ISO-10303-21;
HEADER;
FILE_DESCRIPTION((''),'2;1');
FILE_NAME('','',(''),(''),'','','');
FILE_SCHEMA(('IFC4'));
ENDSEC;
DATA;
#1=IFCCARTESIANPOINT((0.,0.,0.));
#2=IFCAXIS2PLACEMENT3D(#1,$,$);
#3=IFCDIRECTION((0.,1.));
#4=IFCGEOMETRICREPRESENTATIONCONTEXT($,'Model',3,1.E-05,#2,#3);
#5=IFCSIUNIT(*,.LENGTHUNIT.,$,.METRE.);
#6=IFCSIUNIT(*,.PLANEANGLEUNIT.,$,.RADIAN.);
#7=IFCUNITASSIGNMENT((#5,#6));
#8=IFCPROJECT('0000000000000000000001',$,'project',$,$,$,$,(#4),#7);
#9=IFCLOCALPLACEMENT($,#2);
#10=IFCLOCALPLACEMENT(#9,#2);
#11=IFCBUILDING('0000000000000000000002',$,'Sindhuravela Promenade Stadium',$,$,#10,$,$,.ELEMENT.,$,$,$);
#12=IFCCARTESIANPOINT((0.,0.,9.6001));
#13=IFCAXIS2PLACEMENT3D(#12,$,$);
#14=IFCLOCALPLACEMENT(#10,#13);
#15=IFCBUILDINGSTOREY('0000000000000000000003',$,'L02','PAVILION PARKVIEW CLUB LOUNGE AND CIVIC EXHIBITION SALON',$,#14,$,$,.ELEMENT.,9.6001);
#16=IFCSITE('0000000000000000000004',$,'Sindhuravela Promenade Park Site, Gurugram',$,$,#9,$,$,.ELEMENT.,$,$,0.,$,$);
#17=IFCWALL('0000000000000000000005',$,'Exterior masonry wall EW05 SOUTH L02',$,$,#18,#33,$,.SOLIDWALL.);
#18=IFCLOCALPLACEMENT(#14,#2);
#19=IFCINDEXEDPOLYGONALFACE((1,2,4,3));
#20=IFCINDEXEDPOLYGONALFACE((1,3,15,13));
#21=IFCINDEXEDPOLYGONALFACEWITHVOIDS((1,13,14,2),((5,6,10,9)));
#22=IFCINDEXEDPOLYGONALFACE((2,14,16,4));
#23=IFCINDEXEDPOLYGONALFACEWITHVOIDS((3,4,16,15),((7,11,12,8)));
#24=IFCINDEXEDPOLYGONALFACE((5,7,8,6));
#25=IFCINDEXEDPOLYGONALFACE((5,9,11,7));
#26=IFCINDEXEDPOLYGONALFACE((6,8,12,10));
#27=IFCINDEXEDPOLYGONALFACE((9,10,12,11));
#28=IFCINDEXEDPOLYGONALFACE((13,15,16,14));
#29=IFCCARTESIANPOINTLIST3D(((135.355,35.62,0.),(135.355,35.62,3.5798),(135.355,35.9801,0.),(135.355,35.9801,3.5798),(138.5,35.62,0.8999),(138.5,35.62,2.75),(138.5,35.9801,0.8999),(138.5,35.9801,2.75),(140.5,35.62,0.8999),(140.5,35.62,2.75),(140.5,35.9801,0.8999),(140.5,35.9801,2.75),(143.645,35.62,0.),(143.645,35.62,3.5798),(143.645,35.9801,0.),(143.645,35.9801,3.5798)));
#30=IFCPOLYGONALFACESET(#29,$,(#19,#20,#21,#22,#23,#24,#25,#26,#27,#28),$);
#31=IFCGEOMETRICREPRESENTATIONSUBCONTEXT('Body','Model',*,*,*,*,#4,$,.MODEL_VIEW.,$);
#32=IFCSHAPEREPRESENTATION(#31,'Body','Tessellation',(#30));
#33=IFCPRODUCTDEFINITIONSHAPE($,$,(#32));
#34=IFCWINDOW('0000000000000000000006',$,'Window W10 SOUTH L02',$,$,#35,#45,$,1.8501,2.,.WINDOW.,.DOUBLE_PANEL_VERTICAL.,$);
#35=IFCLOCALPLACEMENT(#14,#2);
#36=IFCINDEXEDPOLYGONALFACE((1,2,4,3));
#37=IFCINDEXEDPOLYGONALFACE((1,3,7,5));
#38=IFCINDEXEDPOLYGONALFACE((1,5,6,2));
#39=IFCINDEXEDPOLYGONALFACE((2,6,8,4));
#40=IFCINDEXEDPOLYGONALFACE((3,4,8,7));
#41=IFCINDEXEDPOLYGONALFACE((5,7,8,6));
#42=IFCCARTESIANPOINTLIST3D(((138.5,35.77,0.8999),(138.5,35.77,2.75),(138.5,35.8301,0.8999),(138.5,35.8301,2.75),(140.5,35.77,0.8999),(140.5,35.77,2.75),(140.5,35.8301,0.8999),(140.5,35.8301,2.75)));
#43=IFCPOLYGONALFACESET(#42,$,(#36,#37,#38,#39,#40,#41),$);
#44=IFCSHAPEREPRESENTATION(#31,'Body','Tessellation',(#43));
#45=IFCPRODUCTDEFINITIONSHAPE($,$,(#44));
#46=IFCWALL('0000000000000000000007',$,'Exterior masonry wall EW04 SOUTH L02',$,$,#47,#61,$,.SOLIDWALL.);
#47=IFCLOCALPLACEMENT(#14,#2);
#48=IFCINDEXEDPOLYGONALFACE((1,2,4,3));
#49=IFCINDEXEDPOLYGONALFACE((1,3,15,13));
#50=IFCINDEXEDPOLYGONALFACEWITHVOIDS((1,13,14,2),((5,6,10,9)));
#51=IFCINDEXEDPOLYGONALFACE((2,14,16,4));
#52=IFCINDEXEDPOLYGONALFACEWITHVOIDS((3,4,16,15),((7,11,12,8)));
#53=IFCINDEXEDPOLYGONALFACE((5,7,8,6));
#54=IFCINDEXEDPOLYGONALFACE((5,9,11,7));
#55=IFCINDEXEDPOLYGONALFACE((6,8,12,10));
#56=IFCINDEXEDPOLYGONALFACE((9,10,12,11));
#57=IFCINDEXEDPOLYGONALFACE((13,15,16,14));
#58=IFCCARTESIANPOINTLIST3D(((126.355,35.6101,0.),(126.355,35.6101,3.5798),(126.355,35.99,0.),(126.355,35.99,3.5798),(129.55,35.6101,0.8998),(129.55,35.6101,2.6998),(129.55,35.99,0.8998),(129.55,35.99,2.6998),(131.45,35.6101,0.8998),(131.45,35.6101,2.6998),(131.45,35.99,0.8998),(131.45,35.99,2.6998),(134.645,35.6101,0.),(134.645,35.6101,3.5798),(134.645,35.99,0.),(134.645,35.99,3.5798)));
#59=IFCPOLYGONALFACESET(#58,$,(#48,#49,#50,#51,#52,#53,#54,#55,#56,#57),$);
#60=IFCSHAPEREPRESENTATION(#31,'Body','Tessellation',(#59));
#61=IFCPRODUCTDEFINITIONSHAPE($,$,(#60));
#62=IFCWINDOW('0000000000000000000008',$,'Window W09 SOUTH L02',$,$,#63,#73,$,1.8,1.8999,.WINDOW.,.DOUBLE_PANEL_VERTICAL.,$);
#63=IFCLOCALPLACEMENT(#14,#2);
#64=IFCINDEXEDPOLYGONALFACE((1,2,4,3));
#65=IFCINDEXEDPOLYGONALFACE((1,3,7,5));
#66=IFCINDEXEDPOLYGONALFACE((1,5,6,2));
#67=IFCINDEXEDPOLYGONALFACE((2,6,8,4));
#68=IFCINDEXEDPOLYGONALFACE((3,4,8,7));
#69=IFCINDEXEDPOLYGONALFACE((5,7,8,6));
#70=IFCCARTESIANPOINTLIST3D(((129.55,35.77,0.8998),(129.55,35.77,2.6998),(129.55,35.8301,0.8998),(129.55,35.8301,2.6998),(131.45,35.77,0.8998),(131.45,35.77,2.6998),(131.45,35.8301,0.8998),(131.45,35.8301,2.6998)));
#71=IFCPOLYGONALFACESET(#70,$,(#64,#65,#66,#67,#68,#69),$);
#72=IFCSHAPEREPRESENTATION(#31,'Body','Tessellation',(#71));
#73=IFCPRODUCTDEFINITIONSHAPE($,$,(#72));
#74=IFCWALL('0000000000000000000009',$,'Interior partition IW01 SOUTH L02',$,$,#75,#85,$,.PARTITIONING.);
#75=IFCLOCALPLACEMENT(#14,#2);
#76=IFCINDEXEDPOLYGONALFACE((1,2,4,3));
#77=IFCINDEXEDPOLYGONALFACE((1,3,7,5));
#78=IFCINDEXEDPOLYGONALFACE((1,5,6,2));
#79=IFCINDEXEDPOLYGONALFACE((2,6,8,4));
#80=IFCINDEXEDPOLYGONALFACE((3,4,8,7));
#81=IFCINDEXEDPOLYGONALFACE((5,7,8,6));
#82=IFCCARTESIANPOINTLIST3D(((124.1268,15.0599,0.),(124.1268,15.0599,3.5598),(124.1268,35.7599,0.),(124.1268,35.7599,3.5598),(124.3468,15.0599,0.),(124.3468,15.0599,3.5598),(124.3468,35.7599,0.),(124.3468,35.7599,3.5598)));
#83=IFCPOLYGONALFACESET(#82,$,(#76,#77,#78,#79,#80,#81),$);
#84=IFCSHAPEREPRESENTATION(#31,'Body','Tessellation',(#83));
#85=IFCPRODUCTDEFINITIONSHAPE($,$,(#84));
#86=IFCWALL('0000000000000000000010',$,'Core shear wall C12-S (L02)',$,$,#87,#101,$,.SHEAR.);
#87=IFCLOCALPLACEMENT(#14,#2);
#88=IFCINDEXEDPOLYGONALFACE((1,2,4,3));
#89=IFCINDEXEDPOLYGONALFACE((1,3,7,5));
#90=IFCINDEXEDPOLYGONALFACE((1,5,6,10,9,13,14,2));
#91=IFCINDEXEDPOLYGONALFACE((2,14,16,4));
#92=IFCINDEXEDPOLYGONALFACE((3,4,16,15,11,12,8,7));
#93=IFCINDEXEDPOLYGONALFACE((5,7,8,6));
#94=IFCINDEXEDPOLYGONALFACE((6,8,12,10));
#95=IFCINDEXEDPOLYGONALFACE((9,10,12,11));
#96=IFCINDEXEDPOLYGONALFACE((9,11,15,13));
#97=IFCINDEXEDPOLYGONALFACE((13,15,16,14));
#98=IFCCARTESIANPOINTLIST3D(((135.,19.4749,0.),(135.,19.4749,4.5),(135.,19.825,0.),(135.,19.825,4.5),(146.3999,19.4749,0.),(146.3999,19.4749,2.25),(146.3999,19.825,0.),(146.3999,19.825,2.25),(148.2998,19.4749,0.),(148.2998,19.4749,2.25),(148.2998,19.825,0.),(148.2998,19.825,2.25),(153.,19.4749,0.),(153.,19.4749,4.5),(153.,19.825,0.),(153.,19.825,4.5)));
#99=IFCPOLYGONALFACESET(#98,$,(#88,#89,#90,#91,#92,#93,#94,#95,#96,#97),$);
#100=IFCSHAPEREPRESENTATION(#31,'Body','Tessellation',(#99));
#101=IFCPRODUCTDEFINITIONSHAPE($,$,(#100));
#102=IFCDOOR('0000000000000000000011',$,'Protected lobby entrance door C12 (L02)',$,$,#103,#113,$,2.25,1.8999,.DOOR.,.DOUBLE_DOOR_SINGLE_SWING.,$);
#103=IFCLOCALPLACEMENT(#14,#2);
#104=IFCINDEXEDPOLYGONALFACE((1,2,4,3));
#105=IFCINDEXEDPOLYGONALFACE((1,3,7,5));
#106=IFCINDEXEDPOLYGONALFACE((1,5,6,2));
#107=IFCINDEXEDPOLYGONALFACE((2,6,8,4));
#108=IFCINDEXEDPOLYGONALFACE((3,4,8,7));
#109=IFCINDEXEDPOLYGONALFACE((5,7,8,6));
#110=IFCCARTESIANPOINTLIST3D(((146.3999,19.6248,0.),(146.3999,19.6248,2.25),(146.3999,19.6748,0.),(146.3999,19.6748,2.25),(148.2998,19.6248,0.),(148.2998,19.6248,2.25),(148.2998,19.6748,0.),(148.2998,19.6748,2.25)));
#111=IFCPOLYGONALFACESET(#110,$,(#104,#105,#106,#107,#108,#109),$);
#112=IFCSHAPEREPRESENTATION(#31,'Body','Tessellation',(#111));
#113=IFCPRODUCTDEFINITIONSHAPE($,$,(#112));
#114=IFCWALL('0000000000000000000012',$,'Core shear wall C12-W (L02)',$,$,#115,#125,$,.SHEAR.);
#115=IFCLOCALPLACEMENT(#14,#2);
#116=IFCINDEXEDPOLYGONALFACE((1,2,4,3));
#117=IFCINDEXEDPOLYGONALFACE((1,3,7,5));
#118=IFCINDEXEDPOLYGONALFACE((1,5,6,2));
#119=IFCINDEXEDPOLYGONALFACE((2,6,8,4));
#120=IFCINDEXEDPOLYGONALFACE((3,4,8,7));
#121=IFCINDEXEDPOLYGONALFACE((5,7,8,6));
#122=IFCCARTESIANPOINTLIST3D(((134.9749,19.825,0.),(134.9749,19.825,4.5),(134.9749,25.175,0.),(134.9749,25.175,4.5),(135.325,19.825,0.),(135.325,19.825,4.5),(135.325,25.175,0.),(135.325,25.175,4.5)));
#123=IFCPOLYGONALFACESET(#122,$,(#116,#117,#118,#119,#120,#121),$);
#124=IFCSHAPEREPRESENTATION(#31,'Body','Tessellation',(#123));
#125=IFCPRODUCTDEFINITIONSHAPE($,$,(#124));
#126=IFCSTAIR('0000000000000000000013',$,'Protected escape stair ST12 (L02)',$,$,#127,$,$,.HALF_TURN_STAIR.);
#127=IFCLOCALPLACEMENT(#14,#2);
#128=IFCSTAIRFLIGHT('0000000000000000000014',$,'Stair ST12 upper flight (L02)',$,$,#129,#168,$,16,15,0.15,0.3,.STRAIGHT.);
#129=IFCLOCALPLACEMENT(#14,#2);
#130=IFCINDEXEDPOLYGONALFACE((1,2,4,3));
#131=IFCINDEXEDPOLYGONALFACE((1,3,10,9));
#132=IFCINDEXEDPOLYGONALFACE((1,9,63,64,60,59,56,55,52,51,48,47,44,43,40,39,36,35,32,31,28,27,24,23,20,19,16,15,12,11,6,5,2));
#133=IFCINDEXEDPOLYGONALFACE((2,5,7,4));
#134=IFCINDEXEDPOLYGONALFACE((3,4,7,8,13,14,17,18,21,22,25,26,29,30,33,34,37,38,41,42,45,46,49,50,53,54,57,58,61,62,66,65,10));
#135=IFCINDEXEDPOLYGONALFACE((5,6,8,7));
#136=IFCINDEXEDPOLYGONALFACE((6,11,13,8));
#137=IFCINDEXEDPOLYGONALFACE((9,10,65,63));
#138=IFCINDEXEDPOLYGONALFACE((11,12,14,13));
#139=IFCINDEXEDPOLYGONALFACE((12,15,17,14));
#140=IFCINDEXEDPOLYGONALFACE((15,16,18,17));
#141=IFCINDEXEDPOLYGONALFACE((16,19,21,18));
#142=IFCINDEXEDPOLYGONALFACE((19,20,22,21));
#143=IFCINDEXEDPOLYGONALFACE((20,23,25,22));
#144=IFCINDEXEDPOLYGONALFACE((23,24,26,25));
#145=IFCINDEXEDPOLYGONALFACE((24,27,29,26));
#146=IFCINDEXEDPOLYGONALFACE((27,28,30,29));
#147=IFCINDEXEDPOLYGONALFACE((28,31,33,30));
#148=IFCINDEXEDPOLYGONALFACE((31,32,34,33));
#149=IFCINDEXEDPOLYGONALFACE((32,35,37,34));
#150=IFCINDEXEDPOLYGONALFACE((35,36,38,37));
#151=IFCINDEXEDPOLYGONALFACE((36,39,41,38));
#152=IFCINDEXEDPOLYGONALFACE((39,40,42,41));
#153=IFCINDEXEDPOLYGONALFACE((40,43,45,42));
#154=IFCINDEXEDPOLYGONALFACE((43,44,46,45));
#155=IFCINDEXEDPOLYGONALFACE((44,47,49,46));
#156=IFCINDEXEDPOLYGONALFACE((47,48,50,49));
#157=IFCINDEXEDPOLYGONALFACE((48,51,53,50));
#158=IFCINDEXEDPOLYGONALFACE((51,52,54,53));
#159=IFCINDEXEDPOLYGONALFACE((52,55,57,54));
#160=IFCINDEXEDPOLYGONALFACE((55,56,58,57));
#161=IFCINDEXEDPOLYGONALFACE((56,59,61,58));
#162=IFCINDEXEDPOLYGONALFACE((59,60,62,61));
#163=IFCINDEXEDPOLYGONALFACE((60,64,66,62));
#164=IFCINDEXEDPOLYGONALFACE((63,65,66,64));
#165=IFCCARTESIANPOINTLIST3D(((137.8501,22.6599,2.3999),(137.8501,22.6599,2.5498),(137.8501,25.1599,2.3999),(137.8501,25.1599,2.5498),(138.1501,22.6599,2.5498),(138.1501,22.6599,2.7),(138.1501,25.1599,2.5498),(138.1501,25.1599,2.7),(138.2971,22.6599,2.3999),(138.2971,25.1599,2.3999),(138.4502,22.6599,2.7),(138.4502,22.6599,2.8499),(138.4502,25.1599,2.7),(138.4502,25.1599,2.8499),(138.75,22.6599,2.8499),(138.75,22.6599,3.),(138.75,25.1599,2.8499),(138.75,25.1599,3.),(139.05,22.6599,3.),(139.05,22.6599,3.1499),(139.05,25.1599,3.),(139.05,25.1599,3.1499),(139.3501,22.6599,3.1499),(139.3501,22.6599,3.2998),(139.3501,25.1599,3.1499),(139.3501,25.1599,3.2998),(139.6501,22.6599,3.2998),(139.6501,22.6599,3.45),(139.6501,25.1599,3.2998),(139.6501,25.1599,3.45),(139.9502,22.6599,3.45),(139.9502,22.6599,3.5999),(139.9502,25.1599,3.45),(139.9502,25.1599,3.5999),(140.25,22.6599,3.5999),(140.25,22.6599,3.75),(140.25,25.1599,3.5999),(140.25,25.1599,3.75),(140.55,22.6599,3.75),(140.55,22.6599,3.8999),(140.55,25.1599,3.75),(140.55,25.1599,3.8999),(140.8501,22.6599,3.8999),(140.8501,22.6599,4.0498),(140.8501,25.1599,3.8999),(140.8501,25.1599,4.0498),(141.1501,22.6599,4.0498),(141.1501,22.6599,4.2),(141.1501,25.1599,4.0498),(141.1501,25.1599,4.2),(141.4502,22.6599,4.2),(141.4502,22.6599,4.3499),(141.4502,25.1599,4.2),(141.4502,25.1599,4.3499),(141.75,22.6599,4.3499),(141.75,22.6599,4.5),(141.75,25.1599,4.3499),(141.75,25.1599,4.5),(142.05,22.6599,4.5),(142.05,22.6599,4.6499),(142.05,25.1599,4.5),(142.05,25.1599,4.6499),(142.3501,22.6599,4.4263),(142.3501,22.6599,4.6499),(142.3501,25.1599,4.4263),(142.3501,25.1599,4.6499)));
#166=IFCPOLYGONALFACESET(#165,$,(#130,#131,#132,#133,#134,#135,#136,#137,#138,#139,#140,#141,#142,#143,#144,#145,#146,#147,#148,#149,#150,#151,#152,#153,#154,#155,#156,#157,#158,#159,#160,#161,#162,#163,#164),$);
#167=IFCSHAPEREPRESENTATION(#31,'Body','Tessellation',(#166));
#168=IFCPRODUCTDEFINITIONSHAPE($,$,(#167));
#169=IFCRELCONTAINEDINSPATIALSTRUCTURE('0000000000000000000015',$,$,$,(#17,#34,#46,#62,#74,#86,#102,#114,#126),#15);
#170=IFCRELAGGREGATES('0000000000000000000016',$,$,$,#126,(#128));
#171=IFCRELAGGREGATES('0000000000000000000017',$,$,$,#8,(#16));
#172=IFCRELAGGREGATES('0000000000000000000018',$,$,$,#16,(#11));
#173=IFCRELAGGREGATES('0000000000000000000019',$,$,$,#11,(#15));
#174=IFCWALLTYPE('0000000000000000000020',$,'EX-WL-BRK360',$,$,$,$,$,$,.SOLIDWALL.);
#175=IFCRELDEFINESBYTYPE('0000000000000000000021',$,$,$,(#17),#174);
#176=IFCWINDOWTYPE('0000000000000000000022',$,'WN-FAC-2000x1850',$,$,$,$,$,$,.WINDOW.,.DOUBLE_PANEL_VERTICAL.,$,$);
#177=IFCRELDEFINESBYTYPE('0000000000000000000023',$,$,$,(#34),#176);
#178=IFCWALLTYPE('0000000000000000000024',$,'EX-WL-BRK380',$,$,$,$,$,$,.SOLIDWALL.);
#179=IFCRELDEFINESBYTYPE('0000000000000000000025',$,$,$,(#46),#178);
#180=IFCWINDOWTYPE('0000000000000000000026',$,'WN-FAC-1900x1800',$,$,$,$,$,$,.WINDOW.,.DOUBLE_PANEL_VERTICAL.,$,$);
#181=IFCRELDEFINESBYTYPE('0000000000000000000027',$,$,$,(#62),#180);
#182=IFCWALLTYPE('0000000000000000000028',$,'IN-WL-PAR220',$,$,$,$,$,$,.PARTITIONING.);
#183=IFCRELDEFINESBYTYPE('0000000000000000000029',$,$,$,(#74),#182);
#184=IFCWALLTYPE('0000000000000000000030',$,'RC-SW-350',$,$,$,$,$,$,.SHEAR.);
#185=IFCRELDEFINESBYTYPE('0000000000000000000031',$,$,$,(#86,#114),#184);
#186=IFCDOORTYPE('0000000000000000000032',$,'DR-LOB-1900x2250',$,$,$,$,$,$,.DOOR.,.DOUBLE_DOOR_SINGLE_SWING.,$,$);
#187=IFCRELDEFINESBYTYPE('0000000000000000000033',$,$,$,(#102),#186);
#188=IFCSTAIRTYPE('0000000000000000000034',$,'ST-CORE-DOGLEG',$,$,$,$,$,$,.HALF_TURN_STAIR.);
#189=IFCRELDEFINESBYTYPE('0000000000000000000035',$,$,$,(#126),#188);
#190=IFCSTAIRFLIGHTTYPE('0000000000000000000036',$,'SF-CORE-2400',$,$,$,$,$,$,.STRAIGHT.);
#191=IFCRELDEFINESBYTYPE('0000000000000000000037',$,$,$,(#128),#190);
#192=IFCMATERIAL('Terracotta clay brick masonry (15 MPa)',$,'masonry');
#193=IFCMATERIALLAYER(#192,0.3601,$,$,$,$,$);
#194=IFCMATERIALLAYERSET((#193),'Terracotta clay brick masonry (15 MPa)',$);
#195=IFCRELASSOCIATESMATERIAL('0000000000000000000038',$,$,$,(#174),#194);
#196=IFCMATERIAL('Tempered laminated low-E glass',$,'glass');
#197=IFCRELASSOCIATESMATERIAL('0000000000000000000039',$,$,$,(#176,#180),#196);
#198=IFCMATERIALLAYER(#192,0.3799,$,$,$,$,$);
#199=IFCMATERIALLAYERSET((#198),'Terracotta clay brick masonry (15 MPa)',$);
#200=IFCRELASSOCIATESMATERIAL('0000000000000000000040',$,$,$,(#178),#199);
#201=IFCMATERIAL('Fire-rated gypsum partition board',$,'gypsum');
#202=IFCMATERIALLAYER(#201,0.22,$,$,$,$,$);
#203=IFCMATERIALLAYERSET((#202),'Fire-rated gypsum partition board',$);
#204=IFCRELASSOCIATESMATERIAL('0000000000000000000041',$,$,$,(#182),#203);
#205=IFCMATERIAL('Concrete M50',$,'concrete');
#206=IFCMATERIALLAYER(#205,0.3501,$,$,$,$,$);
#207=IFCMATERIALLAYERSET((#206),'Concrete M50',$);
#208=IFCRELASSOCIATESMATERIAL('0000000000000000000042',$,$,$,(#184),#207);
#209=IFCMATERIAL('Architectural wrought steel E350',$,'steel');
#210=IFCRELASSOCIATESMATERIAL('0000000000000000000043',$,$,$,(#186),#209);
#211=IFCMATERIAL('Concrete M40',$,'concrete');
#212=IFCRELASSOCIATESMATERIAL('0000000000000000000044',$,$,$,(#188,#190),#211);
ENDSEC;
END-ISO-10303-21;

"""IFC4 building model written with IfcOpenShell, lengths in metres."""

from ifc_helpers import new_model, si_unit, direction, frame, frame_2d, origin, place, context, subcontext, project, spatial, polyline, rectangle, outline, extrude, material, layer, layer_set, type_object, element, fill, aggregate, save


model = new_model("IFC4")

# Units and contexts
model_context = context("Model", 3, precision=1e-05, world=origin(), true_north=direction((0.0, 1.0)))
body_context = subcontext(model_context, "Body", "Model", "MODEL_VIEW")
ifc_project = project(units=[si_unit("LENGTHUNIT", "METRE"), si_unit("PLANEANGLEUNIT", "RADIAN")], contexts=[model_context])

# Site, building, storey
site_placement = place(None, origin())
site = spatial("IfcSite", under=ifc_project, at=site_placement, Name="Sindhuravela Promenade Park Site, Gurugram", CompositionType="ELEMENT", RefElevation=0.0)
building_placement = place(site_placement, origin())
building = spatial("IfcBuilding", under=site, at=building_placement, Name="Sindhuravela Promenade Stadium", CompositionType="ELEMENT")
storey_placement = place(building_placement, frame((0.0, 0.0, 9.6001)))
storey = spatial("IfcBuildingStorey", under=building, at=storey_placement, Name="L02", Description="PAVILION PARKVIEW CLUB LOUNGE AND CIVIC EXHIBITION SALON", CompositionType="ELEMENT", Elevation=9.6001)

# Shared definitions
ifc_material_1 = material(Name="Concrete M40", Category="concrete")

# Walls, openings, windows
ifc_material_2 = material(Name="Terracotta clay brick masonry (15 MPa)", Category="masonry")
ifc_layer_1 = layer(ifc_material_2, 0.3601)
ifc_layer_set_1 = layer_set([ifc_layer_1], Name="Terracotta clay brick masonry (15 MPa)")
wall_type_1 = type_object("IfcWallType", Name="EX-WL-BRK360", PredefinedType="SOLIDWALL", material=ifc_layer_set_1)
wall_1_placement = place(storey_placement, frame((135.355, 35.8, 0.0), z_axis=(0.0, 0.0, 1.0), x_axis=(1.0, 0.0, 0.0)))
wall_1 = element("IfcWall", 1, at=wall_1_placement, inside=storey, type_object=wall_type_1, Name="Exterior masonry wall EW05 SOUTH L02", PredefinedType="SOLIDWALL", context=body_context, shape_type="SweptSolid", body=[
    extrude(rectangle(XDim=8.29, YDim=0.3601, at=frame_2d((4.145, 0.0))), origin(), (0.0, 0.0, 1.0), 3.5798),
])
opening_1_placement = place(wall_1_placement, frame((3.145, 0.0, 0.8999)))
opening_1 = element("IfcOpeningElement", 2, at=opening_1_placement, cuts=wall_1, PredefinedType="OPENING", context=body_context, shape_type="SweptSolid", body=[
    extrude(rectangle(XDim=2.0, YDim=1.8501, at=frame_2d((1.0, 0.925))), frame((0.0, 0.1899, 0.0), z_axis=(0.0, -1.0, 0.0), x_axis=(1.0, 0.0, 0.0)), (0.0, 0.0, 1.0), 0.3801),
])
ifc_material_3 = material(Name="Tempered laminated low-E glass", Category="glass")
window_type_1 = type_object("IfcWindowType", Name="WN-FAC-2000x1850", PartitioningType="DOUBLE_PANEL_VERTICAL", PredefinedType="WINDOW", material=ifc_material_3)
window_1_placement = place(opening_1_placement, origin())
window_1 = element("IfcWindow", 3, at=window_1_placement, inside=storey, type_object=window_type_1, Name="Window W10 SOUTH L02", OverallHeight=1.8501, OverallWidth=2.0, PartitioningType="DOUBLE_PANEL_VERTICAL", PredefinedType="WINDOW", context=body_context, shape_type="SweptSolid", body=[
    extrude(rectangle(XDim=2.0, YDim=1.8501, at=frame_2d((1.0, 0.925))), frame((0.0, 0.03, 0.0), z_axis=(0.0, -1.0, 0.0), x_axis=(1.0, 0.0, 0.0)), (0.0, 0.0, 1.0), 0.0601),
])
fill(opening_1, window_1)
ifc_layer_2 = layer(ifc_material_2, 0.3799)
ifc_layer_set_2 = layer_set([ifc_layer_2], Name="Terracotta clay brick masonry (15 MPa)")
wall_type_2 = type_object("IfcWallType", Name="EX-WL-BRK380", PredefinedType="SOLIDWALL", material=ifc_layer_set_2)
wall_2_placement = place(storey_placement, frame((126.355, 35.8, 0.0), z_axis=(0.0, 0.0, 1.0), x_axis=(1.0, 0.0, 0.0)))
wall_2 = element("IfcWall", 4, at=wall_2_placement, inside=storey, type_object=wall_type_2, Name="Exterior masonry wall EW04 SOUTH L02", PredefinedType="SOLIDWALL", context=body_context, shape_type="SweptSolid", body=[
    extrude(rectangle(XDim=8.29, YDim=0.3799, at=frame_2d((4.145, 0.0))), origin(), (0.0, 0.0, 1.0), 3.5798),
])
opening_2_placement = place(wall_2_placement, frame((3.1951, 0.0, 0.8999)))
opening_2 = element("IfcOpeningElement", 5, at=opening_2_placement, cuts=wall_2, PredefinedType="OPENING", context=body_context, shape_type="SweptSolid", body=[
    extrude(rectangle(XDim=1.8999, YDim=1.8, at=frame_2d((0.95, 0.8999))), frame((0.0, 0.2, 0.0), z_axis=(0.0, -1.0, 0.0), x_axis=(1.0, 0.0, 0.0)), (0.0, 0.0, 1.0), 0.3999),
])
window_type_2 = type_object("IfcWindowType", Name="WN-FAC-1900x1800", PartitioningType="DOUBLE_PANEL_VERTICAL", PredefinedType="WINDOW", material=ifc_material_3)
window_2_placement = place(opening_2_placement, origin())
window_2 = element("IfcWindow", 6, at=window_2_placement, inside=storey, type_object=window_type_2, Name="Window W09 SOUTH L02", OverallHeight=1.8, OverallWidth=1.8999, PartitioningType="DOUBLE_PANEL_VERTICAL", PredefinedType="WINDOW", context=body_context, shape_type="SweptSolid", body=[
    extrude(rectangle(XDim=1.8999, YDim=1.8, at=frame_2d((0.95, 0.8999))), frame((0.0, 0.03, 0.0), z_axis=(0.0, -1.0, 0.0), x_axis=(1.0, 0.0, 0.0)), (0.0, 0.0, 1.0), 0.0601),
])
fill(opening_2, window_2)

# Wall
ifc_material_4 = material(Name="Fire-rated gypsum partition board", Category="gypsum")
ifc_layer_3 = layer(ifc_material_4, 0.22)
ifc_layer_set_3 = layer_set([ifc_layer_3], Name="Fire-rated gypsum partition board")
wall_type_3 = type_object("IfcWallType", Name="IN-WL-PAR220", PredefinedType="PARTITIONING", material=ifc_layer_set_3)
wall_3_placement = place(storey_placement, frame((124.2368, 35.76, 0.0), z_axis=(0.0, 0.0, 1.0), x_axis=(0.0, -1.0, 0.0)))
element("IfcWall", 7, at=wall_3_placement, inside=storey, type_object=wall_type_3, Name="Interior partition IW01 SOUTH L02", PredefinedType="PARTITIONING", context=body_context, shape_type="SweptSolid", body=[
    extrude(rectangle(XDim=20.7, YDim=0.22, at=frame_2d((10.3501, 0.0))), origin(), (0.0, 0.0, 1.0), 3.5598),
])

# Wall, opening, door
ifc_material_5 = material(Name="Concrete M50", Category="concrete")
ifc_layer_4 = layer(ifc_material_5, 0.3501)
ifc_layer_set_4 = layer_set([ifc_layer_4], Name="Concrete M50")
wall_type_4 = type_object("IfcWallType", Name="RC-SW-350", PredefinedType="SHEAR", material=ifc_layer_set_4)
wall_4_placement = place(storey_placement, frame((135.0, 19.6499, 0.0), z_axis=(0.0, 0.0, 1.0), x_axis=(1.0, 0.0, 0.0)))
wall_4 = element("IfcWall", 8, at=wall_4_placement, inside=storey, type_object=wall_type_4, Name="Core shear wall C12-S (L02)", PredefinedType="SHEAR", context=body_context, shape_type="SweptSolid", body=[
    extrude(rectangle(XDim=18.0, YDim=0.3501, at=frame_2d((9.0, 0.0))), origin(), (0.0, 0.0, 1.0), 4.5),
])
opening_3_placement = place(wall_4_placement, frame((11.3999, 0.0, 0.0)))
opening_3 = element("IfcOpeningElement", 9, at=opening_3_placement, cuts=wall_4, PredefinedType="OPENING", context=body_context, shape_type="SweptSolid", body=[
    extrude(rectangle(XDim=1.8999, YDim=2.25, at=frame_2d((0.95, 1.125))), frame((0.0, 0.1851, 0.0), z_axis=(0.0, -1.0, 0.0), x_axis=(1.0, 0.0, 0.0)), (0.0, 0.0, 1.0), 0.3701),
])
ifc_material_6 = material(Name="Architectural wrought steel E350", Category="steel")
door_type = type_object("IfcDoorType", Name="DR-LOB-1900x2250", OperationType="DOUBLE_DOOR_SINGLE_SWING", PredefinedType="DOOR", material=ifc_material_6)
door_placement = place(opening_3_placement, origin())
door = element("IfcDoor", 10, at=door_placement, inside=storey, type_object=door_type, Name="Protected lobby entrance door C12 (L02)", OperationType="DOUBLE_DOOR_SINGLE_SWING", OverallHeight=2.25, OverallWidth=1.8999, PredefinedType="DOOR", context=body_context, shape_type="SweptSolid", body=[
    extrude(rectangle(XDim=1.8999, YDim=2.25, at=frame_2d((0.95, 1.125))), frame((0.0, 0.0249, 0.0), z_axis=(0.0, -1.0, 0.0), x_axis=(1.0, 0.0, 0.0)), (0.0, 0.0, 1.0), 0.05),
])
fill(opening_3, door)

# Wall
wall_5_placement = place(storey_placement, frame((135.1499, 25.175, 0.0), z_axis=(0.0, 0.0, 1.0), x_axis=(0.0, -1.0, 0.0)))
element("IfcWall", 11, at=wall_5_placement, inside=storey, type_object=wall_type_4, Name="Core shear wall C12-W (L02)", PredefinedType="SHEAR", context=body_context, shape_type="SweptSolid", body=[
    extrude(rectangle(XDim=5.3501, YDim=0.3501, at=frame_2d((2.675, 0.0))), origin(), (0.0, 0.0, 1.0), 4.5),
])

# Stair, stair flight
stair_type = type_object("IfcStairType", Name="ST-CORE-DOGLEG", PredefinedType="HALF_TURN_STAIR", material=ifc_material_1)
stair_placement = place(storey_placement, origin())
stair = element("IfcStair", 12, at=stair_placement, inside=storey, type_object=stair_type, Name="Protected escape stair ST12 (L02)", PredefinedType="HALF_TURN_STAIR")
stair_flight_type = type_object("IfcStairFlightType", Name="SF-CORE-2400", PredefinedType="STRAIGHT", material=ifc_material_1)
stair_flight_placement = place(storey_placement, frame((137.8501, 23.9099, 2.3999), z_axis=(0.0, 0.0, 1.0), x_axis=(1.0, 0.0, 0.0)))
stair_flight = element("IfcStairFlight", 13, at=stair_flight_placement, type_object=stair_flight_type, Name="Stair ST12 upper flight (L02)", NumberOfRisers=16, NumberOfTreads=15, PredefinedType="STRAIGHT", RiserHeight=0.15, TreadLength=0.3, context=body_context, shape_type="SweptSolid", body=[
    extrude(outline(polyline([(0.0, 0.0), (0.0, 0.1499), (0.3, 0.1499), (0.3, 0.3), (0.6001, 0.3), (0.6001, 0.45), (0.8999, 0.45), (0.8999, 0.6001), (1.2, 0.6001), (1.2, 0.75), (1.5, 0.75), (1.5, 0.8999), (1.8, 0.8999), (1.8, 1.05), (2.1001, 1.05), (2.1001, 1.2), (2.3999, 1.2), (2.3999, 1.3501), (2.7, 1.3501), (2.7, 1.5), (3.0, 1.5), (3.0, 1.6499), (3.3, 1.6499), (3.3, 1.8), (3.6001, 1.8), (3.6001, 1.95), (3.8999, 1.95), (3.8999, 2.1001), (4.2, 2.1001), (4.2, 2.25), (4.5, 2.25), (4.5, 2.3999), (4.5, 2.0264), (0.447, 0.0), (0.0, 0.0)])), frame((0.0, 1.25, 0.0), z_axis=(0.0, -1.0, 0.0), x_axis=(1.0, 0.0, 0.0)), (0.0, 0.0, 1.0), 2.5),
])
aggregate(stair, [stair_flight])

save(model, "model.ifc")
